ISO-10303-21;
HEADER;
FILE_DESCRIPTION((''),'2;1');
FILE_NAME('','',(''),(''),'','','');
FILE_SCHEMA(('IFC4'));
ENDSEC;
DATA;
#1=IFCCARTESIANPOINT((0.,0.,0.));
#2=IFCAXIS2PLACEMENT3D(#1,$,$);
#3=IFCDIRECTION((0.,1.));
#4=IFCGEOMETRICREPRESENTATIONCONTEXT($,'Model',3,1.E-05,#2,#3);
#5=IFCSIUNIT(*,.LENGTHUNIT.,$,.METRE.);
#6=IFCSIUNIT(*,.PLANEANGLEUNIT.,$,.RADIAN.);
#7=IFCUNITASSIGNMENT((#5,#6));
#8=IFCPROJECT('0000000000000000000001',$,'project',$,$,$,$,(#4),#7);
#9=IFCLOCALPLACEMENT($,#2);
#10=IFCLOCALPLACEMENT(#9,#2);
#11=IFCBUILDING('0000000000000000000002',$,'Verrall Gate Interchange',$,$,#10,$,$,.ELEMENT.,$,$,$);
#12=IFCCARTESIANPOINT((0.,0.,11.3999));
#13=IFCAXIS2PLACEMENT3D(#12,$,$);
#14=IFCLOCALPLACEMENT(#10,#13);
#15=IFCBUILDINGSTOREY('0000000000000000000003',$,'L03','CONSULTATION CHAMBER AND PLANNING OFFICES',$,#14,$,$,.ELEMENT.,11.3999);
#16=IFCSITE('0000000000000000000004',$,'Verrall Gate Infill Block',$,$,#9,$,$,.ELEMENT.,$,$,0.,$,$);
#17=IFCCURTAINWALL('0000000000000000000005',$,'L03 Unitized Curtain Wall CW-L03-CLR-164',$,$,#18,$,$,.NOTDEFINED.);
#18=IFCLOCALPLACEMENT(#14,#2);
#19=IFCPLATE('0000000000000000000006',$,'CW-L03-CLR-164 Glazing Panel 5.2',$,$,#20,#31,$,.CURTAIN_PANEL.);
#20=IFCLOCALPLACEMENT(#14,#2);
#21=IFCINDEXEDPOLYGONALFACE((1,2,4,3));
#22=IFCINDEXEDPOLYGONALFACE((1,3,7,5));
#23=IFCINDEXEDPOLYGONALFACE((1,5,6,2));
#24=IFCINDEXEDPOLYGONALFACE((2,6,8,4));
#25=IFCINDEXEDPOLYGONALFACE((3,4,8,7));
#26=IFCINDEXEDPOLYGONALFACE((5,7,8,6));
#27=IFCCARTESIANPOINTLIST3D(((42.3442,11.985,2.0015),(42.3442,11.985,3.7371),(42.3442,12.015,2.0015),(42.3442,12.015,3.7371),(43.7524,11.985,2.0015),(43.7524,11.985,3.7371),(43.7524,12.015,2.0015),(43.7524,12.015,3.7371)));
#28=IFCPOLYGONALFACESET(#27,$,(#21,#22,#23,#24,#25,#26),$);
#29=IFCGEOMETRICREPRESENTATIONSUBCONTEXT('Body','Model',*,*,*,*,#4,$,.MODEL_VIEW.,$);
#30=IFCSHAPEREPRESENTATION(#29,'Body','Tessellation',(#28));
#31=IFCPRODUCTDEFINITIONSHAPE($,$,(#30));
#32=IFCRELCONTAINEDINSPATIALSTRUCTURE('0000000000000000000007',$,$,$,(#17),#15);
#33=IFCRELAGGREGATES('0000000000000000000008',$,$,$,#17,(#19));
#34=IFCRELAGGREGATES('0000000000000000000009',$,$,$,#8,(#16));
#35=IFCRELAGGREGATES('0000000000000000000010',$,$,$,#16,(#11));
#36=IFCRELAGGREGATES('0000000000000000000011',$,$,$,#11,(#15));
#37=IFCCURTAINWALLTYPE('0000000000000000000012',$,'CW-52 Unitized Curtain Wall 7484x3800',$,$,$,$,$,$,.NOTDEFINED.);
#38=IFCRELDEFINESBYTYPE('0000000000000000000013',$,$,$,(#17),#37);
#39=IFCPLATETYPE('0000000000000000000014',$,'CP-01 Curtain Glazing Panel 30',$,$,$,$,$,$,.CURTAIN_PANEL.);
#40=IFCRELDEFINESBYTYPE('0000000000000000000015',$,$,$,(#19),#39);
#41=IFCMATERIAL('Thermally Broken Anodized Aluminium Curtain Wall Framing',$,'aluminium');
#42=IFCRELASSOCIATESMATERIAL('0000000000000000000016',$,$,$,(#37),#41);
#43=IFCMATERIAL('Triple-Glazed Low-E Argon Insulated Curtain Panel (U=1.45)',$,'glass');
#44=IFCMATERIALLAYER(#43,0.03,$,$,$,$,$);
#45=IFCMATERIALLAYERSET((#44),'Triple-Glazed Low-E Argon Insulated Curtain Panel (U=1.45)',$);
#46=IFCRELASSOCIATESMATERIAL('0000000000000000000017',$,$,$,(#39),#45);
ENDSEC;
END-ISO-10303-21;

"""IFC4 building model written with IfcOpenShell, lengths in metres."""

from ifc_helpers import new_model, si_unit, direction, frame, origin, origin_2d, place, context, subcontext, project, spatial, rectangle, extrude, material, layer, layer_set, type_object, element, aggregate, save


model = new_model("IFC4")

# Units and contexts
model_context = context("Model", 3, precision=1e-05, world=origin(), true_north=direction((0.0, 1.0)))
body_context = subcontext(model_context, "Body", "Model", "MODEL_VIEW")
ifc_project = project(units=[si_unit("LENGTHUNIT", "METRE"), si_unit("PLANEANGLEUNIT", "RADIAN")], contexts=[model_context])

# Site, building, storey
site_placement = place(None, origin())
site = spatial("IfcSite", under=ifc_project, at=site_placement, Name="Verrall Gate Infill Block", CompositionType="ELEMENT", RefElevation=0.0)
building_placement = place(site_placement, origin())
building = spatial("IfcBuilding", under=site, at=building_placement, Name="Verrall Gate Interchange", CompositionType="ELEMENT")
storey_placement = place(building_placement, frame((0.0, 0.0, 11.3999)))
storey = spatial("IfcBuildingStorey", under=building, at=storey_placement, Name="L03", Description="CONSULTATION CHAMBER AND PLANNING OFFICES", CompositionType="ELEMENT", Elevation=11.3999)

# Curtain wall
ifc_material_1 = material(Name="Thermally Broken Anodized Aluminium Curtain Wall Framing", Category="aluminium")
curtain_wall_type = type_object("IfcCurtainWallType", Name="CW-52 Unitized Curtain Wall 7484x3800", PredefinedType="NOTDEFINED", material=ifc_material_1)
curtain_wall_placement = place(storey_placement, origin())
curtain_wall = element("IfcCurtainWall", 1, at=curtain_wall_placement, inside=storey, type_object=curtain_wall_type, Name="L03 Unitized Curtain Wall CW-L03-CLR-164", PredefinedType="NOTDEFINED")

# Plate
ifc_material_2 = material(Name="Triple-Glazed Low-E Argon Insulated Curtain Panel (U=1.45)", Category="glass")
ifc_layer_1 = layer(ifc_material_2, 0.03)
ifc_layer_set_1 = layer_set([ifc_layer_1], Name="Triple-Glazed Low-E Argon Insulated Curtain Panel (U=1.45)")
plate_type_1 = type_object("IfcPlateType", Name="CP-01 Curtain Glazing Panel 30", PredefinedType="CURTAIN_PANEL", material=ifc_layer_set_1)
plate_1_placement = place(storey_placement, frame((43.0483, 12.0, 2.0015), z_axis=(0.0, 0.0, 1.0), x_axis=(1.0, 0.0, 0.0)))
plate_1 = element("IfcPlate", 2, at=plate_1_placement, type_object=plate_type_1, Name="CW-L03-CLR-164 Glazing Panel 5.2", PredefinedType="CURTAIN_PANEL", context=body_context, shape_type="SweptSolid", body=[
    extrude(rectangle(XDim=1.4082, YDim=0.03, at=origin_2d()), origin(), (0.0, 0.0, 1.0), 1.7356),
])
aggregate(curtain_wall, [plate_1])

save(model, "model.ifc")
